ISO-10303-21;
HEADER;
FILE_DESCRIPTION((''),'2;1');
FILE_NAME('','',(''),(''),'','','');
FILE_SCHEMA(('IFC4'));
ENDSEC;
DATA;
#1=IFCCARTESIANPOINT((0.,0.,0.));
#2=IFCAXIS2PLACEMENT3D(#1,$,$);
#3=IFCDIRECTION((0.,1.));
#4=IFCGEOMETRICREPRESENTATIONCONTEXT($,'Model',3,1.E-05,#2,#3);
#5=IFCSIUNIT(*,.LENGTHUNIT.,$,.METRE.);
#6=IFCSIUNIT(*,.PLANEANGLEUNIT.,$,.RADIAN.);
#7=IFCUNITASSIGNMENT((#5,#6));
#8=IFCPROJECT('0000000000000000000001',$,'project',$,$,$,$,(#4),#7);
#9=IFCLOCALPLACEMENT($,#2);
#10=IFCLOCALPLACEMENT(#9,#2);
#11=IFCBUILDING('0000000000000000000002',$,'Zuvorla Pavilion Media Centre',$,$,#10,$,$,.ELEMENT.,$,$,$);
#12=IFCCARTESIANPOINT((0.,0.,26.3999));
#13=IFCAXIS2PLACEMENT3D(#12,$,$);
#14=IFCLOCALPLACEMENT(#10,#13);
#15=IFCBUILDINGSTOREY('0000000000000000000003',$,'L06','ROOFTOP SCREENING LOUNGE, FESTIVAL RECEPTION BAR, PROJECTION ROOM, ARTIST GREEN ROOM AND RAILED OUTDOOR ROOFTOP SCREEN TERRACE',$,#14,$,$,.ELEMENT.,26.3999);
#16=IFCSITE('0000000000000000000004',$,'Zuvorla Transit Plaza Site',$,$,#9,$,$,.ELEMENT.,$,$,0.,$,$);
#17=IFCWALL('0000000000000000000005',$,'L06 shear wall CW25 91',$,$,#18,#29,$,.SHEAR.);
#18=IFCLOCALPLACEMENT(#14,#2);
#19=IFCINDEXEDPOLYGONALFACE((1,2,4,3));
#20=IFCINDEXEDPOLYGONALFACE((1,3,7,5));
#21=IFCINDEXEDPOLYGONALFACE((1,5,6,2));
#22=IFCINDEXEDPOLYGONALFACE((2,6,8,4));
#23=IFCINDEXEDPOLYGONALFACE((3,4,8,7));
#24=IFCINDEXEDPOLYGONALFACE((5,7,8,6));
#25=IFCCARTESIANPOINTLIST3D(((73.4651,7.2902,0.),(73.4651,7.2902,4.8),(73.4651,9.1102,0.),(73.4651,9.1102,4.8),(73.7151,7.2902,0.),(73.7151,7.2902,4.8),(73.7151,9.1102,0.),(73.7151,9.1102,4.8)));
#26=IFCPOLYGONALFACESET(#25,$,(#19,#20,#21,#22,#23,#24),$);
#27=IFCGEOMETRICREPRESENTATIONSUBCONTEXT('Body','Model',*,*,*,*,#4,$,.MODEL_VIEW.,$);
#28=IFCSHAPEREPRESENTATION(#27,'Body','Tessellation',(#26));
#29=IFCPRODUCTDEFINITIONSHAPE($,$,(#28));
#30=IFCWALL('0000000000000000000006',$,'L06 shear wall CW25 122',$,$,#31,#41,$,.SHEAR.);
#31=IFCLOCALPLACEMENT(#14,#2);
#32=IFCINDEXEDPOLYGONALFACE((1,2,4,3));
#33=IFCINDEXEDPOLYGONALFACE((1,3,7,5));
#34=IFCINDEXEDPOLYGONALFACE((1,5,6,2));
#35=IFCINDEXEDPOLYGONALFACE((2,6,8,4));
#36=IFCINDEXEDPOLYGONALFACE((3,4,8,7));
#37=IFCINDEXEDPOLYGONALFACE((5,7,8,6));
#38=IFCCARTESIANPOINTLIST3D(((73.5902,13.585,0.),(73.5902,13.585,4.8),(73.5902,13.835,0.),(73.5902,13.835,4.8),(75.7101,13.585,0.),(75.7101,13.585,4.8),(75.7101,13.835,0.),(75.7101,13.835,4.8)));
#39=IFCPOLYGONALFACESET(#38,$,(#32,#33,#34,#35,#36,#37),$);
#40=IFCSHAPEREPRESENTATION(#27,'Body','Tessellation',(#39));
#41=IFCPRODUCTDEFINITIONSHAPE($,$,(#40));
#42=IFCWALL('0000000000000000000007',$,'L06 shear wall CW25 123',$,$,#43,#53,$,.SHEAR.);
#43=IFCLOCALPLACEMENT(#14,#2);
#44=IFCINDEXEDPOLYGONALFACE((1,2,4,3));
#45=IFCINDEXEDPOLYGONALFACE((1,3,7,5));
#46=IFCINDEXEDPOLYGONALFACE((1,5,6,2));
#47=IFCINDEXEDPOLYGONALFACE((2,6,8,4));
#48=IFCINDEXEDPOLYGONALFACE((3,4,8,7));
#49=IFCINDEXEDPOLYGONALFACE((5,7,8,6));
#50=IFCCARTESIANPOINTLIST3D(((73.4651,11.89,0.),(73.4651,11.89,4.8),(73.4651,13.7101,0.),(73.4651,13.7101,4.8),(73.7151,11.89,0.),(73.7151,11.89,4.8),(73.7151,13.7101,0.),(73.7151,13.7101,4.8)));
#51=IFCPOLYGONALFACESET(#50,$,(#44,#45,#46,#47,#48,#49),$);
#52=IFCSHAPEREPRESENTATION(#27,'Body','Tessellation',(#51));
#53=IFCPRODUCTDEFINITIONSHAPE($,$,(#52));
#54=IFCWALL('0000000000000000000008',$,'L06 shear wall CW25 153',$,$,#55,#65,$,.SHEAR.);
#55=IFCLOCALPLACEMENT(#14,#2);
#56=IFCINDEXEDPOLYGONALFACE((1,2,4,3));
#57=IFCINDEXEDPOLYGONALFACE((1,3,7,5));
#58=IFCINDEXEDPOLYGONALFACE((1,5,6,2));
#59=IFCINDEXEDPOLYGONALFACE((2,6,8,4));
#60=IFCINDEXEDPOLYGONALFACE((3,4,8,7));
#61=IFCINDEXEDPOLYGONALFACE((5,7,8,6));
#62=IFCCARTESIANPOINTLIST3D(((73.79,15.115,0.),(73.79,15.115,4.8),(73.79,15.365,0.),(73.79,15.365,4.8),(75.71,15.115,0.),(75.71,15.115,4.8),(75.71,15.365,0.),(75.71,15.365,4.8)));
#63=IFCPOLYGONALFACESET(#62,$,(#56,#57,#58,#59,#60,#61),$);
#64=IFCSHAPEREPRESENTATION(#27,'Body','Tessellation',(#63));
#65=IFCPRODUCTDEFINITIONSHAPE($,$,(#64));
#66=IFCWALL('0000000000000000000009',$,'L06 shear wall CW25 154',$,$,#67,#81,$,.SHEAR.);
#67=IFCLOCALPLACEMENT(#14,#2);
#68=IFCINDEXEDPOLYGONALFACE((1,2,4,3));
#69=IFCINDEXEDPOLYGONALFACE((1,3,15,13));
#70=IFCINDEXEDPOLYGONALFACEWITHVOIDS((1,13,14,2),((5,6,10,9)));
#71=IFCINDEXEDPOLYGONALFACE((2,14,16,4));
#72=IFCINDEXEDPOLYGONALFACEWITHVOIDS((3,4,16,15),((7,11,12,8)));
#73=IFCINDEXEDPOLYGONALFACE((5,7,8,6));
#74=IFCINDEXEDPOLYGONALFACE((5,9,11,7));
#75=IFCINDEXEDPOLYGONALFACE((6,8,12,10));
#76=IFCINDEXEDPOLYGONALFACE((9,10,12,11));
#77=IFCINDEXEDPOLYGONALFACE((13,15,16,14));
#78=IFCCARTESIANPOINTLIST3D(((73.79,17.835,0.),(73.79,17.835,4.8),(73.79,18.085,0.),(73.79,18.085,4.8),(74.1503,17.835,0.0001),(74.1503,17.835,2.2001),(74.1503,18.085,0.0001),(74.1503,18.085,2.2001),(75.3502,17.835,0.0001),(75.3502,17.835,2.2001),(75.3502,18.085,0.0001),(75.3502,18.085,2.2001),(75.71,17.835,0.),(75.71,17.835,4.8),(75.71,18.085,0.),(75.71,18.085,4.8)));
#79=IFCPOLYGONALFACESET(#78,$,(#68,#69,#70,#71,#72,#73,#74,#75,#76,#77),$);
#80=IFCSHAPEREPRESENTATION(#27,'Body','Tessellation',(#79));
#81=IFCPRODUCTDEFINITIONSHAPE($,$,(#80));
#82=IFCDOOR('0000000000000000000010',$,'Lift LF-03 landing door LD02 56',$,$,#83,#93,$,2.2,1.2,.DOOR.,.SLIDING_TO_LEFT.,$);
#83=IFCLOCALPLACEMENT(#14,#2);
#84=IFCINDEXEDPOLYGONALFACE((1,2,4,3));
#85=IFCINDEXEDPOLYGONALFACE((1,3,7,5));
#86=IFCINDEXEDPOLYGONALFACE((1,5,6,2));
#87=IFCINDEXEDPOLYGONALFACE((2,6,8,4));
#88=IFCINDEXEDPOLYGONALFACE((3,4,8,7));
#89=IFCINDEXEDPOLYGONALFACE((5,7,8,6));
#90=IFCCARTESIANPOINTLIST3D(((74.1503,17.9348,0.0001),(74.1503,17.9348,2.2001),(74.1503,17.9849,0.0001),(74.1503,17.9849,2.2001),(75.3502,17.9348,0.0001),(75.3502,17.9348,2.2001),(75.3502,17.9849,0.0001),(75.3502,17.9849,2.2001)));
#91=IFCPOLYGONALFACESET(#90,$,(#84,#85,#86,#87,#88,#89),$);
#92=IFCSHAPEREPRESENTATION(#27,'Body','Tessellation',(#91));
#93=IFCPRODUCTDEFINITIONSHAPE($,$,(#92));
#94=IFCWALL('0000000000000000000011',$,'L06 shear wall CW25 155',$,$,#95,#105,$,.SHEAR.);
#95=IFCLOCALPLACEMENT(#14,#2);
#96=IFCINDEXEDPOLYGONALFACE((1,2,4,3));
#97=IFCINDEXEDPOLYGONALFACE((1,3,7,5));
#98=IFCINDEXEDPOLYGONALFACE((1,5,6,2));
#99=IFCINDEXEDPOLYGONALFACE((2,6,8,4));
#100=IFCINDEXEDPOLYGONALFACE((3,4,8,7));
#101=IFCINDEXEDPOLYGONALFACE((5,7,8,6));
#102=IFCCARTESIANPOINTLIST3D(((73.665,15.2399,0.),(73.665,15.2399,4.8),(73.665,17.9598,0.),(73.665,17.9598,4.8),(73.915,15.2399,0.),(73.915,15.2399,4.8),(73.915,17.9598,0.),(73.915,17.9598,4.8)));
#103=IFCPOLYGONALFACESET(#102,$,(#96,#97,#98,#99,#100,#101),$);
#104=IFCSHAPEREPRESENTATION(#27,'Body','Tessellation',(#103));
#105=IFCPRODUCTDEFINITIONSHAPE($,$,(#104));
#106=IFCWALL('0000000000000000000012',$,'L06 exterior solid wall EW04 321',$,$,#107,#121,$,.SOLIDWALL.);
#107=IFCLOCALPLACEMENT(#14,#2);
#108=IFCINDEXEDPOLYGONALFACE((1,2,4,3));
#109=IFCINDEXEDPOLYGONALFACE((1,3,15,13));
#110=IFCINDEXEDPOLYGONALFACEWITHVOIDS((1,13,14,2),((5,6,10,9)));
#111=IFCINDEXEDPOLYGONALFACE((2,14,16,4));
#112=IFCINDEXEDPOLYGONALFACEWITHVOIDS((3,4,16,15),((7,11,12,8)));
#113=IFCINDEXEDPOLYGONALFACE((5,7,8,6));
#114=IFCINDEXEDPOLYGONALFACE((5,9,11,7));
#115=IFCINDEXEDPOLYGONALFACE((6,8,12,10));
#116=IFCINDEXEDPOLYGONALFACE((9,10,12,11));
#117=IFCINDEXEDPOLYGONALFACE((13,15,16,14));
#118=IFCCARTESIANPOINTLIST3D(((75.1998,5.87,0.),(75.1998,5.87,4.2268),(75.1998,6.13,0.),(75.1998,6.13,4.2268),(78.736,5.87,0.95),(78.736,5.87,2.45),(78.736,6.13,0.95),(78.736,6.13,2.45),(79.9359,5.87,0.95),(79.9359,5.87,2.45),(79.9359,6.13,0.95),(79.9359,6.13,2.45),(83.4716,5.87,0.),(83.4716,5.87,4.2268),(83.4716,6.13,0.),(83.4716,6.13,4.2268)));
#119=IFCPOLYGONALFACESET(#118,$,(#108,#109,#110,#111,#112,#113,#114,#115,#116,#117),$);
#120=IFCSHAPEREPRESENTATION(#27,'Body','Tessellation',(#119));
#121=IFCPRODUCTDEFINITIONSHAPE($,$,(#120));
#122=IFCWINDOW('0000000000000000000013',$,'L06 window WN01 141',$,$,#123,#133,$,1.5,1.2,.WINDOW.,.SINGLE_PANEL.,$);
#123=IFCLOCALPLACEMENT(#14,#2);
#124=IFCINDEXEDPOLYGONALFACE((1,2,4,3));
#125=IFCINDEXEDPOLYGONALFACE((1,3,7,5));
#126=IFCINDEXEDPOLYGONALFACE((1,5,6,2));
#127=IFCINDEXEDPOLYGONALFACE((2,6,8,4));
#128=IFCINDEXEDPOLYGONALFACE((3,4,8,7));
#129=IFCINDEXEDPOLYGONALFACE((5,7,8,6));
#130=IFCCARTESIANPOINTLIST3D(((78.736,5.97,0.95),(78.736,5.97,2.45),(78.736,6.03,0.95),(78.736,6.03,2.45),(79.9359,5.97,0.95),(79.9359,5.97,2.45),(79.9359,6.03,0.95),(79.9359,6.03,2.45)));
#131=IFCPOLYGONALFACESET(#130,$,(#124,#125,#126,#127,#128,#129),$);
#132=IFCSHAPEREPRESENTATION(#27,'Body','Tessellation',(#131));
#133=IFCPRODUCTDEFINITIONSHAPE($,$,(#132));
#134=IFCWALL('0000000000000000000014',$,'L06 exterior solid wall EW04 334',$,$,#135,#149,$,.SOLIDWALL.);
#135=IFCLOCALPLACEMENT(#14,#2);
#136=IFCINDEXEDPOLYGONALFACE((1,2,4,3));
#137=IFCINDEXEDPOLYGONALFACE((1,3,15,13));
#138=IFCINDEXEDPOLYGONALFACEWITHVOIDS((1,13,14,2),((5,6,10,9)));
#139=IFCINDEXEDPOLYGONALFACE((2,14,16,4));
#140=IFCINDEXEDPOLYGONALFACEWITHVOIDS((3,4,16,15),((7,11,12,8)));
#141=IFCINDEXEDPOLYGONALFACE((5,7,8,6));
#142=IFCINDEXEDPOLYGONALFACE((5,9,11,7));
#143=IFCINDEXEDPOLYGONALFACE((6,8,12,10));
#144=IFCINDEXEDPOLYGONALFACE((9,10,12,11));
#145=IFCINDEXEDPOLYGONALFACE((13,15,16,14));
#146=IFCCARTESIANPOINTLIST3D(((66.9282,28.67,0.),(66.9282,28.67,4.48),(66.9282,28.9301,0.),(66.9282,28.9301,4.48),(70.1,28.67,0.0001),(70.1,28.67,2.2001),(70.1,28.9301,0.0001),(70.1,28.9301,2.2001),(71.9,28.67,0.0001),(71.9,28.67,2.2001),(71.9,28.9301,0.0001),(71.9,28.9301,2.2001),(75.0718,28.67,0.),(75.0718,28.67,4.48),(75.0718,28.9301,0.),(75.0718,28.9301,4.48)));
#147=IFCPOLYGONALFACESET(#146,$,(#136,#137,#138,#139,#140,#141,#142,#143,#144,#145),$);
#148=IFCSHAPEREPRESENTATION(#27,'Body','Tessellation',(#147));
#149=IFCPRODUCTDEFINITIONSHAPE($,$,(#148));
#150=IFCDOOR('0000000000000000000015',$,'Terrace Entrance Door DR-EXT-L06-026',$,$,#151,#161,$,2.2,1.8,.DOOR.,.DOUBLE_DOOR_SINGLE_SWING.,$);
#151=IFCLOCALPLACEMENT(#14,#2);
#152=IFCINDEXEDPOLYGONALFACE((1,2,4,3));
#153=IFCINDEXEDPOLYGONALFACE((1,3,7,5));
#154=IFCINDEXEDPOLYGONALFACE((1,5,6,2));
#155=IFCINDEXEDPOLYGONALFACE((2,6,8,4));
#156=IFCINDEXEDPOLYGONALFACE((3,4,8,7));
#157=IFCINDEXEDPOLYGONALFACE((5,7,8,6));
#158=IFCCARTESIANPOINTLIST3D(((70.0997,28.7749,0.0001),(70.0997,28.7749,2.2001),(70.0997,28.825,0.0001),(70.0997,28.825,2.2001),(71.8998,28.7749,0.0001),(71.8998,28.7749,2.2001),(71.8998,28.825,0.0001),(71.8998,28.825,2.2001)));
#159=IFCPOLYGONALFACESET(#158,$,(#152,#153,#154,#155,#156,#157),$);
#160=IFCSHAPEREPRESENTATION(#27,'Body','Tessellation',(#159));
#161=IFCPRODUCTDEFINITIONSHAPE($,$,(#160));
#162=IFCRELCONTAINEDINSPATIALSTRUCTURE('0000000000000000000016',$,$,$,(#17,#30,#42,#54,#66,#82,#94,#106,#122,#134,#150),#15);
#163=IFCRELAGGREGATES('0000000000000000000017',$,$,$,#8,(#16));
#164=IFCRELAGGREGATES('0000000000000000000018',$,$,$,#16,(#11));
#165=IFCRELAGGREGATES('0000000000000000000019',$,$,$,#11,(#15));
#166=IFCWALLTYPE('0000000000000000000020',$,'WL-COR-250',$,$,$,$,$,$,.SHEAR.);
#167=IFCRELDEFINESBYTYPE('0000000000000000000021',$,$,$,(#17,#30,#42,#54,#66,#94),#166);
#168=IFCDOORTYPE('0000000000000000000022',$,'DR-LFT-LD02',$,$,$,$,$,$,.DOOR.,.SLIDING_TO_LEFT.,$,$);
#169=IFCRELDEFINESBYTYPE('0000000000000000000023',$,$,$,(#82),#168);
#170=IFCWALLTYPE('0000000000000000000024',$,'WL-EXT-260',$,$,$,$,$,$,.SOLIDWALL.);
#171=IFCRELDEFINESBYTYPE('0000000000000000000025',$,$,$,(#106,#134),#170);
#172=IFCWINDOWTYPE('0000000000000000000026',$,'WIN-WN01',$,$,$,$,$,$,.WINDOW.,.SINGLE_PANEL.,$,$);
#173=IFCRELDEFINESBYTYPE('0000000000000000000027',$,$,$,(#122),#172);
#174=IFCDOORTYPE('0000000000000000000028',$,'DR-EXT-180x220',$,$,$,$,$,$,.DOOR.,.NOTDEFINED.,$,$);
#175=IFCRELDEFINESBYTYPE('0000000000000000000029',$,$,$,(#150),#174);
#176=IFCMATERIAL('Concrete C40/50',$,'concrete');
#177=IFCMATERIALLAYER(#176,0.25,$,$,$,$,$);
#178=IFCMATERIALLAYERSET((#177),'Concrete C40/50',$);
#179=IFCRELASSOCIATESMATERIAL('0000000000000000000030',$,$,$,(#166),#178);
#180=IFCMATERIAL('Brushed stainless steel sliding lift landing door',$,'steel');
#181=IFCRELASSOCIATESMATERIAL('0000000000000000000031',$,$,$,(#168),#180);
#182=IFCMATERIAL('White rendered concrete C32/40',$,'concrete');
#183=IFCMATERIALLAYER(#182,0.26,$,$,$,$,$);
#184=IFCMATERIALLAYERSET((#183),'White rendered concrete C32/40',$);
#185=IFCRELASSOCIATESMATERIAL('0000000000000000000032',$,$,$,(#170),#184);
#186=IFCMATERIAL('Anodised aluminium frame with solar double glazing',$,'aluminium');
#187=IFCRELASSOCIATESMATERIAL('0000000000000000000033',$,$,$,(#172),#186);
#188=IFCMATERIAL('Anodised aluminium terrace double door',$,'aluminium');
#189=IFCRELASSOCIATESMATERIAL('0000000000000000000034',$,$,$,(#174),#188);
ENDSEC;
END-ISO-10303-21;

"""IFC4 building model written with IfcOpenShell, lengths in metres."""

from ifc_helpers import new_model, si_unit, direction, frame, frame_2d, origin, place, context, subcontext, project, spatial, rectangle, extrude, material, layer, layer_set, type_object, element, fill, save


model = new_model("IFC4")

# Units and contexts
model_context = context("Model", 3, precision=1e-05, world=origin(), true_north=direction((0.0, 1.0)))
body_context = subcontext(model_context, "Body", "Model", "MODEL_VIEW")
ifc_project = project(units=[si_unit("LENGTHUNIT", "METRE"), si_unit("PLANEANGLEUNIT", "RADIAN")], contexts=[model_context])

# Site, building, storey
site_placement = place(None, origin())
site = spatial("IfcSite", under=ifc_project, at=site_placement, Name="Zuvorla Transit Plaza Site", CompositionType="ELEMENT", RefElevation=0.0)
building_placement = place(site_placement, origin())
building = spatial("IfcBuilding", under=site, at=building_placement, Name="Zuvorla Pavilion Media Centre", CompositionType="ELEMENT")
storey_placement = place(building_placement, frame((0.0, 0.0, 26.3999)))
storey = spatial("IfcBuildingStorey", under=building, at=storey_placement, Name="L06", Description="ROOFTOP SCREENING LOUNGE, FESTIVAL RECEPTION BAR, PROJECTION ROOM, ARTIST GREEN ROOM AND RAILED OUTDOOR ROOFTOP SCREEN TERRACE", CompositionType="ELEMENT", Elevation=26.3999)

# Shared definitions
ifc_material_1 = material(Name="Concrete C40/50", Category="concrete")

# Shared definitions
ifc_layer_1 = layer(ifc_material_1, 0.25)
ifc_layer_set_1 = layer_set([ifc_layer_1], Name="Concrete C40/50")
wall_type_1 = type_object("IfcWallType", Name="WL-COR-250", PredefinedType="SHEAR", material=ifc_layer_set_1)

# Shared definitions
ifc_material_2 = material(Name="Brushed stainless steel sliding lift landing door", Category="steel")

# Wall
wall_1_placement = place(storey_placement, frame((73.5901, 7.29, 0.0), z_axis=(0.0, 0.0, 1.0), x_axis=(0.0, 1.0, 0.0)))
element("IfcWall", 1, at=wall_1_placement, inside=storey, type_object=wall_type_1, Name="L06 shear wall CW25 91", PredefinedType="SHEAR", context=body_context, shape_type="SweptSolid", body=[
    extrude(rectangle(XDim=1.8201, YDim=0.25, at=frame_2d((0.9102, 0.0))), origin(), (0.0, 0.0, 1.0), 4.8),
])

# Walls
wall_2_placement = place(storey_placement, frame((73.5901, 13.71, 0.0), z_axis=(0.0, 0.0, 1.0), x_axis=(1.0, 0.0, 0.0)))
element("IfcWall", 2, at=wall_2_placement, inside=storey, type_object=wall_type_1, Name="L06 shear wall CW25 122", PredefinedType="SHEAR", context=body_context, shape_type="SweptSolid", body=[
    extrude(rectangle(XDim=2.1199, YDim=0.25, at=frame_2d((1.0601, 0.0))), origin(), (0.0, 0.0, 1.0), 4.8),
])
wall_3_placement = place(storey_placement, frame((73.5901, 11.8899, 0.0), z_axis=(0.0, 0.0, 1.0), x_axis=(0.0, 1.0, 0.0)))
element("IfcWall", 3, at=wall_3_placement, inside=storey, type_object=wall_type_1, Name="L06 shear wall CW25 123", PredefinedType="SHEAR", context=body_context, shape_type="SweptSolid", body=[
    extrude(rectangle(XDim=1.8201, YDim=0.25, at=frame_2d((0.9102, 0.0))), origin(), (0.0, 0.0, 1.0), 4.8),
])
wall_4_placement = place(storey_placement, frame((73.79, 15.24, 0.0), z_axis=(0.0, 0.0, 1.0), x_axis=(1.0, 0.0, 0.0)))
element("IfcWall", 4, at=wall_4_placement, inside=storey, type_object=wall_type_1, Name="L06 shear wall CW25 153", PredefinedType="SHEAR", context=body_context, shape_type="SweptSolid", body=[
    extrude(rectangle(XDim=1.9199, YDim=0.25, at=frame_2d((0.96, 0.0))), origin(), (0.0, 0.0, 1.0), 4.8),
])

# Wall, opening, door
wall_5_placement = place(storey_placement, frame((73.79, 17.96, 0.0), z_axis=(0.0, 0.0, 1.0), x_axis=(1.0, 0.0, 0.0)))
wall_5 = element("IfcWall", 5, at=wall_5_placement, inside=storey, type_object=wall_type_1, Name="L06 shear wall CW25 154", PredefinedType="SHEAR", context=body_context, shape_type="SweptSolid", body=[
    extrude(rectangle(XDim=1.9199, YDim=0.25, at=frame_2d((0.96, 0.0))), origin(), (0.0, 0.0, 1.0), 4.8),
])
opening_1_placement = place(wall_5_placement, frame((0.3601, 0.0, 0.0)))
opening_1 = element("IfcOpeningElement", 6, at=opening_1_placement, cuts=wall_5, PredefinedType="OPENING", context=body_context, shape_type="SweptSolid", body=[
    extrude(rectangle(XDim=1.2, YDim=2.2, at=frame_2d((0.6001, 1.1001))), frame((0.0, 0.135, 0.0), z_axis=(0.0, -1.0, 0.0), x_axis=(1.0, 0.0, 0.0)), (0.0, 0.0, 1.0), 0.27),
])
door_type_1 = type_object("IfcDoorType", Name="DR-LFT-LD02", OperationType="SLIDING_TO_LEFT", PredefinedType="DOOR", material=ifc_material_2)
door_1_placement = place(opening_1_placement, origin())
door_1 = element("IfcDoor", 7, at=door_1_placement, inside=storey, type_object=door_type_1, Name="Lift LF-03 landing door LD02 56", OperationType="SLIDING_TO_LEFT", OverallHeight=2.2, OverallWidth=1.2, PredefinedType="DOOR", context=body_context, shape_type="SweptSolid", body=[
    extrude(rectangle(XDim=1.2, YDim=2.2, at=frame_2d((0.6001, 1.1001))), frame((0.0, 0.0249, 0.0), z_axis=(0.0, -1.0, 0.0), x_axis=(1.0, 0.0, 0.0)), (0.0, 0.0, 1.0), 0.05),
])
fill(opening_1, door_1)

# Wall
wall_6_placement = place(storey_placement, frame((73.79, 15.24, 0.0), z_axis=(0.0, 0.0, 1.0), x_axis=(0.0, 1.0, 0.0)))
element("IfcWall", 8, at=wall_6_placement, inside=storey, type_object=wall_type_1, Name="L06 shear wall CW25 155", PredefinedType="SHEAR", context=body_context, shape_type="SweptSolid", body=[
    extrude(rectangle(XDim=2.72, YDim=0.25, at=frame_2d((1.3599, 0.0))), origin(), (0.0, 0.0, 1.0), 4.8),
])

# Wall, opening, window
ifc_material_3 = material(Name="White rendered concrete C32/40", Category="concrete")
ifc_layer_2 = layer(ifc_material_3, 0.26)
ifc_layer_set_2 = layer_set([ifc_layer_2], Name="White rendered concrete C32/40")
wall_type_2 = type_object("IfcWallType", Name="WL-EXT-260", PredefinedType="SOLIDWALL", material=ifc_layer_set_2)
wall_7_placement = place(storey_placement, frame((75.2, 6.0, 0.0), z_axis=(0.0, 0.0, 1.0), x_axis=(1.0, 0.0, 0.0)))
wall_7 = element("IfcWall", 9, at=wall_7_placement, inside=storey, type_object=wall_type_2, Name="L06 exterior solid wall EW04 321", PredefinedType="SOLIDWALL", context=body_context, shape_type="SweptSolid", body=[
    extrude(rectangle(XDim=8.2717, YDim=0.26, at=frame_2d((4.1357, 0.0))), origin(), (0.0, 0.0, 1.0), 4.2268),
])
opening_2_placement = place(wall_7_placement, frame((3.5359, 0.0, 0.95)))
opening_2 = element("IfcOpeningElement", 10, at=opening_2_placement, cuts=wall_7, PredefinedType="OPENING", context=body_context, shape_type="SweptSolid", body=[
    extrude(rectangle(XDim=1.2, YDim=1.5, at=frame_2d((0.6001, 0.75))), frame((0.0, 0.1399, 0.0), z_axis=(0.0, -1.0, 0.0), x_axis=(1.0, 0.0, 0.0)), (0.0, 0.0, 1.0), 0.28),
])
ifc_material_4 = material(Name="Anodised aluminium frame with solar double glazing", Category="aluminium")
window_type = type_object("IfcWindowType", Name="WIN-WN01", PartitioningType="SINGLE_PANEL", PredefinedType="WINDOW", material=ifc_material_4)
window_placement = place(opening_2_placement, origin())
window = element("IfcWindow", 11, at=window_placement, inside=storey, type_object=window_type, Name="L06 window WN01 141", OverallHeight=1.5, OverallWidth=1.2, PartitioningType="SINGLE_PANEL", PredefinedType="WINDOW", context=body_context, shape_type="SweptSolid", body=[
    extrude(rectangle(XDim=1.2, YDim=1.5, at=frame_2d((0.6001, 0.75))), frame((0.0, 0.03, 0.0), z_axis=(0.0, -1.0, 0.0), x_axis=(1.0, 0.0, 0.0)), (0.0, 0.0, 1.0), 0.0601),
])
fill(opening_2, window)

# Wall, opening, door
wall_8_placement = place(storey_placement, frame((75.0718, 28.8, 0.0), z_axis=(0.0, 0.0, 1.0), x_axis=(-1.0, 0.0, 0.0)))
wall_8 = element("IfcWall", 12, at=wall_8_placement, inside=storey, type_object=wall_type_2, Name="L06 exterior solid wall EW04 334", PredefinedType="SOLIDWALL", context=body_context, shape_type="SweptSolid", body=[
    extrude(rectangle(XDim=8.1436, YDim=0.26, at=frame_2d((4.0718, 0.0))), origin(), (0.0, 0.0, 1.0), 4.48),
])
opening_3_placement = place(wall_8_placement, frame((3.1719, 0.0, 0.0)))
opening_3 = element("IfcOpeningElement", 13, at=opening_3_placement, cuts=wall_8, PredefinedType="OPENING", context=body_context, shape_type="SweptSolid", body=[
    extrude(rectangle(XDim=1.8, YDim=2.2, at=frame_2d((0.8999, 1.1001))), frame((0.0, 0.1399, 0.0), z_axis=(0.0, -1.0, 0.0), x_axis=(1.0, 0.0, 0.0)), (0.0, 0.0, 1.0), 0.28),
])
ifc_material_5 = material(Name="Anodised aluminium terrace double door", Category="aluminium")
door_type_2 = type_object("IfcDoorType", Name="DR-EXT-180x220", OperationType="NOTDEFINED", PredefinedType="DOOR", material=ifc_material_5)
door_2_placement = place(opening_3_placement, frame((1.8, 0.0, 0.0), z_axis=(0.0, 0.0, 1.0), x_axis=(-1.0, 0.0, 0.0)))
door_2 = element("IfcDoor", 14, at=door_2_placement, inside=storey, type_object=door_type_2, Name="Terrace Entrance Door DR-EXT-L06-026", OperationType="DOUBLE_DOOR_SINGLE_SWING", OverallHeight=2.2, OverallWidth=1.8, PredefinedType="DOOR", context=body_context, shape_type="SweptSolid", body=[
    extrude(rectangle(XDim=1.8, YDim=2.2, at=frame_2d((0.8999, 1.1001))), frame((0.0, 0.0249, 0.0), z_axis=(0.0, -1.0, 0.0), x_axis=(1.0, 0.0, 0.0)), (0.0, 0.0, 1.0), 0.05),
])
fill(opening_3, door_2)

save(model, "model.ifc")
